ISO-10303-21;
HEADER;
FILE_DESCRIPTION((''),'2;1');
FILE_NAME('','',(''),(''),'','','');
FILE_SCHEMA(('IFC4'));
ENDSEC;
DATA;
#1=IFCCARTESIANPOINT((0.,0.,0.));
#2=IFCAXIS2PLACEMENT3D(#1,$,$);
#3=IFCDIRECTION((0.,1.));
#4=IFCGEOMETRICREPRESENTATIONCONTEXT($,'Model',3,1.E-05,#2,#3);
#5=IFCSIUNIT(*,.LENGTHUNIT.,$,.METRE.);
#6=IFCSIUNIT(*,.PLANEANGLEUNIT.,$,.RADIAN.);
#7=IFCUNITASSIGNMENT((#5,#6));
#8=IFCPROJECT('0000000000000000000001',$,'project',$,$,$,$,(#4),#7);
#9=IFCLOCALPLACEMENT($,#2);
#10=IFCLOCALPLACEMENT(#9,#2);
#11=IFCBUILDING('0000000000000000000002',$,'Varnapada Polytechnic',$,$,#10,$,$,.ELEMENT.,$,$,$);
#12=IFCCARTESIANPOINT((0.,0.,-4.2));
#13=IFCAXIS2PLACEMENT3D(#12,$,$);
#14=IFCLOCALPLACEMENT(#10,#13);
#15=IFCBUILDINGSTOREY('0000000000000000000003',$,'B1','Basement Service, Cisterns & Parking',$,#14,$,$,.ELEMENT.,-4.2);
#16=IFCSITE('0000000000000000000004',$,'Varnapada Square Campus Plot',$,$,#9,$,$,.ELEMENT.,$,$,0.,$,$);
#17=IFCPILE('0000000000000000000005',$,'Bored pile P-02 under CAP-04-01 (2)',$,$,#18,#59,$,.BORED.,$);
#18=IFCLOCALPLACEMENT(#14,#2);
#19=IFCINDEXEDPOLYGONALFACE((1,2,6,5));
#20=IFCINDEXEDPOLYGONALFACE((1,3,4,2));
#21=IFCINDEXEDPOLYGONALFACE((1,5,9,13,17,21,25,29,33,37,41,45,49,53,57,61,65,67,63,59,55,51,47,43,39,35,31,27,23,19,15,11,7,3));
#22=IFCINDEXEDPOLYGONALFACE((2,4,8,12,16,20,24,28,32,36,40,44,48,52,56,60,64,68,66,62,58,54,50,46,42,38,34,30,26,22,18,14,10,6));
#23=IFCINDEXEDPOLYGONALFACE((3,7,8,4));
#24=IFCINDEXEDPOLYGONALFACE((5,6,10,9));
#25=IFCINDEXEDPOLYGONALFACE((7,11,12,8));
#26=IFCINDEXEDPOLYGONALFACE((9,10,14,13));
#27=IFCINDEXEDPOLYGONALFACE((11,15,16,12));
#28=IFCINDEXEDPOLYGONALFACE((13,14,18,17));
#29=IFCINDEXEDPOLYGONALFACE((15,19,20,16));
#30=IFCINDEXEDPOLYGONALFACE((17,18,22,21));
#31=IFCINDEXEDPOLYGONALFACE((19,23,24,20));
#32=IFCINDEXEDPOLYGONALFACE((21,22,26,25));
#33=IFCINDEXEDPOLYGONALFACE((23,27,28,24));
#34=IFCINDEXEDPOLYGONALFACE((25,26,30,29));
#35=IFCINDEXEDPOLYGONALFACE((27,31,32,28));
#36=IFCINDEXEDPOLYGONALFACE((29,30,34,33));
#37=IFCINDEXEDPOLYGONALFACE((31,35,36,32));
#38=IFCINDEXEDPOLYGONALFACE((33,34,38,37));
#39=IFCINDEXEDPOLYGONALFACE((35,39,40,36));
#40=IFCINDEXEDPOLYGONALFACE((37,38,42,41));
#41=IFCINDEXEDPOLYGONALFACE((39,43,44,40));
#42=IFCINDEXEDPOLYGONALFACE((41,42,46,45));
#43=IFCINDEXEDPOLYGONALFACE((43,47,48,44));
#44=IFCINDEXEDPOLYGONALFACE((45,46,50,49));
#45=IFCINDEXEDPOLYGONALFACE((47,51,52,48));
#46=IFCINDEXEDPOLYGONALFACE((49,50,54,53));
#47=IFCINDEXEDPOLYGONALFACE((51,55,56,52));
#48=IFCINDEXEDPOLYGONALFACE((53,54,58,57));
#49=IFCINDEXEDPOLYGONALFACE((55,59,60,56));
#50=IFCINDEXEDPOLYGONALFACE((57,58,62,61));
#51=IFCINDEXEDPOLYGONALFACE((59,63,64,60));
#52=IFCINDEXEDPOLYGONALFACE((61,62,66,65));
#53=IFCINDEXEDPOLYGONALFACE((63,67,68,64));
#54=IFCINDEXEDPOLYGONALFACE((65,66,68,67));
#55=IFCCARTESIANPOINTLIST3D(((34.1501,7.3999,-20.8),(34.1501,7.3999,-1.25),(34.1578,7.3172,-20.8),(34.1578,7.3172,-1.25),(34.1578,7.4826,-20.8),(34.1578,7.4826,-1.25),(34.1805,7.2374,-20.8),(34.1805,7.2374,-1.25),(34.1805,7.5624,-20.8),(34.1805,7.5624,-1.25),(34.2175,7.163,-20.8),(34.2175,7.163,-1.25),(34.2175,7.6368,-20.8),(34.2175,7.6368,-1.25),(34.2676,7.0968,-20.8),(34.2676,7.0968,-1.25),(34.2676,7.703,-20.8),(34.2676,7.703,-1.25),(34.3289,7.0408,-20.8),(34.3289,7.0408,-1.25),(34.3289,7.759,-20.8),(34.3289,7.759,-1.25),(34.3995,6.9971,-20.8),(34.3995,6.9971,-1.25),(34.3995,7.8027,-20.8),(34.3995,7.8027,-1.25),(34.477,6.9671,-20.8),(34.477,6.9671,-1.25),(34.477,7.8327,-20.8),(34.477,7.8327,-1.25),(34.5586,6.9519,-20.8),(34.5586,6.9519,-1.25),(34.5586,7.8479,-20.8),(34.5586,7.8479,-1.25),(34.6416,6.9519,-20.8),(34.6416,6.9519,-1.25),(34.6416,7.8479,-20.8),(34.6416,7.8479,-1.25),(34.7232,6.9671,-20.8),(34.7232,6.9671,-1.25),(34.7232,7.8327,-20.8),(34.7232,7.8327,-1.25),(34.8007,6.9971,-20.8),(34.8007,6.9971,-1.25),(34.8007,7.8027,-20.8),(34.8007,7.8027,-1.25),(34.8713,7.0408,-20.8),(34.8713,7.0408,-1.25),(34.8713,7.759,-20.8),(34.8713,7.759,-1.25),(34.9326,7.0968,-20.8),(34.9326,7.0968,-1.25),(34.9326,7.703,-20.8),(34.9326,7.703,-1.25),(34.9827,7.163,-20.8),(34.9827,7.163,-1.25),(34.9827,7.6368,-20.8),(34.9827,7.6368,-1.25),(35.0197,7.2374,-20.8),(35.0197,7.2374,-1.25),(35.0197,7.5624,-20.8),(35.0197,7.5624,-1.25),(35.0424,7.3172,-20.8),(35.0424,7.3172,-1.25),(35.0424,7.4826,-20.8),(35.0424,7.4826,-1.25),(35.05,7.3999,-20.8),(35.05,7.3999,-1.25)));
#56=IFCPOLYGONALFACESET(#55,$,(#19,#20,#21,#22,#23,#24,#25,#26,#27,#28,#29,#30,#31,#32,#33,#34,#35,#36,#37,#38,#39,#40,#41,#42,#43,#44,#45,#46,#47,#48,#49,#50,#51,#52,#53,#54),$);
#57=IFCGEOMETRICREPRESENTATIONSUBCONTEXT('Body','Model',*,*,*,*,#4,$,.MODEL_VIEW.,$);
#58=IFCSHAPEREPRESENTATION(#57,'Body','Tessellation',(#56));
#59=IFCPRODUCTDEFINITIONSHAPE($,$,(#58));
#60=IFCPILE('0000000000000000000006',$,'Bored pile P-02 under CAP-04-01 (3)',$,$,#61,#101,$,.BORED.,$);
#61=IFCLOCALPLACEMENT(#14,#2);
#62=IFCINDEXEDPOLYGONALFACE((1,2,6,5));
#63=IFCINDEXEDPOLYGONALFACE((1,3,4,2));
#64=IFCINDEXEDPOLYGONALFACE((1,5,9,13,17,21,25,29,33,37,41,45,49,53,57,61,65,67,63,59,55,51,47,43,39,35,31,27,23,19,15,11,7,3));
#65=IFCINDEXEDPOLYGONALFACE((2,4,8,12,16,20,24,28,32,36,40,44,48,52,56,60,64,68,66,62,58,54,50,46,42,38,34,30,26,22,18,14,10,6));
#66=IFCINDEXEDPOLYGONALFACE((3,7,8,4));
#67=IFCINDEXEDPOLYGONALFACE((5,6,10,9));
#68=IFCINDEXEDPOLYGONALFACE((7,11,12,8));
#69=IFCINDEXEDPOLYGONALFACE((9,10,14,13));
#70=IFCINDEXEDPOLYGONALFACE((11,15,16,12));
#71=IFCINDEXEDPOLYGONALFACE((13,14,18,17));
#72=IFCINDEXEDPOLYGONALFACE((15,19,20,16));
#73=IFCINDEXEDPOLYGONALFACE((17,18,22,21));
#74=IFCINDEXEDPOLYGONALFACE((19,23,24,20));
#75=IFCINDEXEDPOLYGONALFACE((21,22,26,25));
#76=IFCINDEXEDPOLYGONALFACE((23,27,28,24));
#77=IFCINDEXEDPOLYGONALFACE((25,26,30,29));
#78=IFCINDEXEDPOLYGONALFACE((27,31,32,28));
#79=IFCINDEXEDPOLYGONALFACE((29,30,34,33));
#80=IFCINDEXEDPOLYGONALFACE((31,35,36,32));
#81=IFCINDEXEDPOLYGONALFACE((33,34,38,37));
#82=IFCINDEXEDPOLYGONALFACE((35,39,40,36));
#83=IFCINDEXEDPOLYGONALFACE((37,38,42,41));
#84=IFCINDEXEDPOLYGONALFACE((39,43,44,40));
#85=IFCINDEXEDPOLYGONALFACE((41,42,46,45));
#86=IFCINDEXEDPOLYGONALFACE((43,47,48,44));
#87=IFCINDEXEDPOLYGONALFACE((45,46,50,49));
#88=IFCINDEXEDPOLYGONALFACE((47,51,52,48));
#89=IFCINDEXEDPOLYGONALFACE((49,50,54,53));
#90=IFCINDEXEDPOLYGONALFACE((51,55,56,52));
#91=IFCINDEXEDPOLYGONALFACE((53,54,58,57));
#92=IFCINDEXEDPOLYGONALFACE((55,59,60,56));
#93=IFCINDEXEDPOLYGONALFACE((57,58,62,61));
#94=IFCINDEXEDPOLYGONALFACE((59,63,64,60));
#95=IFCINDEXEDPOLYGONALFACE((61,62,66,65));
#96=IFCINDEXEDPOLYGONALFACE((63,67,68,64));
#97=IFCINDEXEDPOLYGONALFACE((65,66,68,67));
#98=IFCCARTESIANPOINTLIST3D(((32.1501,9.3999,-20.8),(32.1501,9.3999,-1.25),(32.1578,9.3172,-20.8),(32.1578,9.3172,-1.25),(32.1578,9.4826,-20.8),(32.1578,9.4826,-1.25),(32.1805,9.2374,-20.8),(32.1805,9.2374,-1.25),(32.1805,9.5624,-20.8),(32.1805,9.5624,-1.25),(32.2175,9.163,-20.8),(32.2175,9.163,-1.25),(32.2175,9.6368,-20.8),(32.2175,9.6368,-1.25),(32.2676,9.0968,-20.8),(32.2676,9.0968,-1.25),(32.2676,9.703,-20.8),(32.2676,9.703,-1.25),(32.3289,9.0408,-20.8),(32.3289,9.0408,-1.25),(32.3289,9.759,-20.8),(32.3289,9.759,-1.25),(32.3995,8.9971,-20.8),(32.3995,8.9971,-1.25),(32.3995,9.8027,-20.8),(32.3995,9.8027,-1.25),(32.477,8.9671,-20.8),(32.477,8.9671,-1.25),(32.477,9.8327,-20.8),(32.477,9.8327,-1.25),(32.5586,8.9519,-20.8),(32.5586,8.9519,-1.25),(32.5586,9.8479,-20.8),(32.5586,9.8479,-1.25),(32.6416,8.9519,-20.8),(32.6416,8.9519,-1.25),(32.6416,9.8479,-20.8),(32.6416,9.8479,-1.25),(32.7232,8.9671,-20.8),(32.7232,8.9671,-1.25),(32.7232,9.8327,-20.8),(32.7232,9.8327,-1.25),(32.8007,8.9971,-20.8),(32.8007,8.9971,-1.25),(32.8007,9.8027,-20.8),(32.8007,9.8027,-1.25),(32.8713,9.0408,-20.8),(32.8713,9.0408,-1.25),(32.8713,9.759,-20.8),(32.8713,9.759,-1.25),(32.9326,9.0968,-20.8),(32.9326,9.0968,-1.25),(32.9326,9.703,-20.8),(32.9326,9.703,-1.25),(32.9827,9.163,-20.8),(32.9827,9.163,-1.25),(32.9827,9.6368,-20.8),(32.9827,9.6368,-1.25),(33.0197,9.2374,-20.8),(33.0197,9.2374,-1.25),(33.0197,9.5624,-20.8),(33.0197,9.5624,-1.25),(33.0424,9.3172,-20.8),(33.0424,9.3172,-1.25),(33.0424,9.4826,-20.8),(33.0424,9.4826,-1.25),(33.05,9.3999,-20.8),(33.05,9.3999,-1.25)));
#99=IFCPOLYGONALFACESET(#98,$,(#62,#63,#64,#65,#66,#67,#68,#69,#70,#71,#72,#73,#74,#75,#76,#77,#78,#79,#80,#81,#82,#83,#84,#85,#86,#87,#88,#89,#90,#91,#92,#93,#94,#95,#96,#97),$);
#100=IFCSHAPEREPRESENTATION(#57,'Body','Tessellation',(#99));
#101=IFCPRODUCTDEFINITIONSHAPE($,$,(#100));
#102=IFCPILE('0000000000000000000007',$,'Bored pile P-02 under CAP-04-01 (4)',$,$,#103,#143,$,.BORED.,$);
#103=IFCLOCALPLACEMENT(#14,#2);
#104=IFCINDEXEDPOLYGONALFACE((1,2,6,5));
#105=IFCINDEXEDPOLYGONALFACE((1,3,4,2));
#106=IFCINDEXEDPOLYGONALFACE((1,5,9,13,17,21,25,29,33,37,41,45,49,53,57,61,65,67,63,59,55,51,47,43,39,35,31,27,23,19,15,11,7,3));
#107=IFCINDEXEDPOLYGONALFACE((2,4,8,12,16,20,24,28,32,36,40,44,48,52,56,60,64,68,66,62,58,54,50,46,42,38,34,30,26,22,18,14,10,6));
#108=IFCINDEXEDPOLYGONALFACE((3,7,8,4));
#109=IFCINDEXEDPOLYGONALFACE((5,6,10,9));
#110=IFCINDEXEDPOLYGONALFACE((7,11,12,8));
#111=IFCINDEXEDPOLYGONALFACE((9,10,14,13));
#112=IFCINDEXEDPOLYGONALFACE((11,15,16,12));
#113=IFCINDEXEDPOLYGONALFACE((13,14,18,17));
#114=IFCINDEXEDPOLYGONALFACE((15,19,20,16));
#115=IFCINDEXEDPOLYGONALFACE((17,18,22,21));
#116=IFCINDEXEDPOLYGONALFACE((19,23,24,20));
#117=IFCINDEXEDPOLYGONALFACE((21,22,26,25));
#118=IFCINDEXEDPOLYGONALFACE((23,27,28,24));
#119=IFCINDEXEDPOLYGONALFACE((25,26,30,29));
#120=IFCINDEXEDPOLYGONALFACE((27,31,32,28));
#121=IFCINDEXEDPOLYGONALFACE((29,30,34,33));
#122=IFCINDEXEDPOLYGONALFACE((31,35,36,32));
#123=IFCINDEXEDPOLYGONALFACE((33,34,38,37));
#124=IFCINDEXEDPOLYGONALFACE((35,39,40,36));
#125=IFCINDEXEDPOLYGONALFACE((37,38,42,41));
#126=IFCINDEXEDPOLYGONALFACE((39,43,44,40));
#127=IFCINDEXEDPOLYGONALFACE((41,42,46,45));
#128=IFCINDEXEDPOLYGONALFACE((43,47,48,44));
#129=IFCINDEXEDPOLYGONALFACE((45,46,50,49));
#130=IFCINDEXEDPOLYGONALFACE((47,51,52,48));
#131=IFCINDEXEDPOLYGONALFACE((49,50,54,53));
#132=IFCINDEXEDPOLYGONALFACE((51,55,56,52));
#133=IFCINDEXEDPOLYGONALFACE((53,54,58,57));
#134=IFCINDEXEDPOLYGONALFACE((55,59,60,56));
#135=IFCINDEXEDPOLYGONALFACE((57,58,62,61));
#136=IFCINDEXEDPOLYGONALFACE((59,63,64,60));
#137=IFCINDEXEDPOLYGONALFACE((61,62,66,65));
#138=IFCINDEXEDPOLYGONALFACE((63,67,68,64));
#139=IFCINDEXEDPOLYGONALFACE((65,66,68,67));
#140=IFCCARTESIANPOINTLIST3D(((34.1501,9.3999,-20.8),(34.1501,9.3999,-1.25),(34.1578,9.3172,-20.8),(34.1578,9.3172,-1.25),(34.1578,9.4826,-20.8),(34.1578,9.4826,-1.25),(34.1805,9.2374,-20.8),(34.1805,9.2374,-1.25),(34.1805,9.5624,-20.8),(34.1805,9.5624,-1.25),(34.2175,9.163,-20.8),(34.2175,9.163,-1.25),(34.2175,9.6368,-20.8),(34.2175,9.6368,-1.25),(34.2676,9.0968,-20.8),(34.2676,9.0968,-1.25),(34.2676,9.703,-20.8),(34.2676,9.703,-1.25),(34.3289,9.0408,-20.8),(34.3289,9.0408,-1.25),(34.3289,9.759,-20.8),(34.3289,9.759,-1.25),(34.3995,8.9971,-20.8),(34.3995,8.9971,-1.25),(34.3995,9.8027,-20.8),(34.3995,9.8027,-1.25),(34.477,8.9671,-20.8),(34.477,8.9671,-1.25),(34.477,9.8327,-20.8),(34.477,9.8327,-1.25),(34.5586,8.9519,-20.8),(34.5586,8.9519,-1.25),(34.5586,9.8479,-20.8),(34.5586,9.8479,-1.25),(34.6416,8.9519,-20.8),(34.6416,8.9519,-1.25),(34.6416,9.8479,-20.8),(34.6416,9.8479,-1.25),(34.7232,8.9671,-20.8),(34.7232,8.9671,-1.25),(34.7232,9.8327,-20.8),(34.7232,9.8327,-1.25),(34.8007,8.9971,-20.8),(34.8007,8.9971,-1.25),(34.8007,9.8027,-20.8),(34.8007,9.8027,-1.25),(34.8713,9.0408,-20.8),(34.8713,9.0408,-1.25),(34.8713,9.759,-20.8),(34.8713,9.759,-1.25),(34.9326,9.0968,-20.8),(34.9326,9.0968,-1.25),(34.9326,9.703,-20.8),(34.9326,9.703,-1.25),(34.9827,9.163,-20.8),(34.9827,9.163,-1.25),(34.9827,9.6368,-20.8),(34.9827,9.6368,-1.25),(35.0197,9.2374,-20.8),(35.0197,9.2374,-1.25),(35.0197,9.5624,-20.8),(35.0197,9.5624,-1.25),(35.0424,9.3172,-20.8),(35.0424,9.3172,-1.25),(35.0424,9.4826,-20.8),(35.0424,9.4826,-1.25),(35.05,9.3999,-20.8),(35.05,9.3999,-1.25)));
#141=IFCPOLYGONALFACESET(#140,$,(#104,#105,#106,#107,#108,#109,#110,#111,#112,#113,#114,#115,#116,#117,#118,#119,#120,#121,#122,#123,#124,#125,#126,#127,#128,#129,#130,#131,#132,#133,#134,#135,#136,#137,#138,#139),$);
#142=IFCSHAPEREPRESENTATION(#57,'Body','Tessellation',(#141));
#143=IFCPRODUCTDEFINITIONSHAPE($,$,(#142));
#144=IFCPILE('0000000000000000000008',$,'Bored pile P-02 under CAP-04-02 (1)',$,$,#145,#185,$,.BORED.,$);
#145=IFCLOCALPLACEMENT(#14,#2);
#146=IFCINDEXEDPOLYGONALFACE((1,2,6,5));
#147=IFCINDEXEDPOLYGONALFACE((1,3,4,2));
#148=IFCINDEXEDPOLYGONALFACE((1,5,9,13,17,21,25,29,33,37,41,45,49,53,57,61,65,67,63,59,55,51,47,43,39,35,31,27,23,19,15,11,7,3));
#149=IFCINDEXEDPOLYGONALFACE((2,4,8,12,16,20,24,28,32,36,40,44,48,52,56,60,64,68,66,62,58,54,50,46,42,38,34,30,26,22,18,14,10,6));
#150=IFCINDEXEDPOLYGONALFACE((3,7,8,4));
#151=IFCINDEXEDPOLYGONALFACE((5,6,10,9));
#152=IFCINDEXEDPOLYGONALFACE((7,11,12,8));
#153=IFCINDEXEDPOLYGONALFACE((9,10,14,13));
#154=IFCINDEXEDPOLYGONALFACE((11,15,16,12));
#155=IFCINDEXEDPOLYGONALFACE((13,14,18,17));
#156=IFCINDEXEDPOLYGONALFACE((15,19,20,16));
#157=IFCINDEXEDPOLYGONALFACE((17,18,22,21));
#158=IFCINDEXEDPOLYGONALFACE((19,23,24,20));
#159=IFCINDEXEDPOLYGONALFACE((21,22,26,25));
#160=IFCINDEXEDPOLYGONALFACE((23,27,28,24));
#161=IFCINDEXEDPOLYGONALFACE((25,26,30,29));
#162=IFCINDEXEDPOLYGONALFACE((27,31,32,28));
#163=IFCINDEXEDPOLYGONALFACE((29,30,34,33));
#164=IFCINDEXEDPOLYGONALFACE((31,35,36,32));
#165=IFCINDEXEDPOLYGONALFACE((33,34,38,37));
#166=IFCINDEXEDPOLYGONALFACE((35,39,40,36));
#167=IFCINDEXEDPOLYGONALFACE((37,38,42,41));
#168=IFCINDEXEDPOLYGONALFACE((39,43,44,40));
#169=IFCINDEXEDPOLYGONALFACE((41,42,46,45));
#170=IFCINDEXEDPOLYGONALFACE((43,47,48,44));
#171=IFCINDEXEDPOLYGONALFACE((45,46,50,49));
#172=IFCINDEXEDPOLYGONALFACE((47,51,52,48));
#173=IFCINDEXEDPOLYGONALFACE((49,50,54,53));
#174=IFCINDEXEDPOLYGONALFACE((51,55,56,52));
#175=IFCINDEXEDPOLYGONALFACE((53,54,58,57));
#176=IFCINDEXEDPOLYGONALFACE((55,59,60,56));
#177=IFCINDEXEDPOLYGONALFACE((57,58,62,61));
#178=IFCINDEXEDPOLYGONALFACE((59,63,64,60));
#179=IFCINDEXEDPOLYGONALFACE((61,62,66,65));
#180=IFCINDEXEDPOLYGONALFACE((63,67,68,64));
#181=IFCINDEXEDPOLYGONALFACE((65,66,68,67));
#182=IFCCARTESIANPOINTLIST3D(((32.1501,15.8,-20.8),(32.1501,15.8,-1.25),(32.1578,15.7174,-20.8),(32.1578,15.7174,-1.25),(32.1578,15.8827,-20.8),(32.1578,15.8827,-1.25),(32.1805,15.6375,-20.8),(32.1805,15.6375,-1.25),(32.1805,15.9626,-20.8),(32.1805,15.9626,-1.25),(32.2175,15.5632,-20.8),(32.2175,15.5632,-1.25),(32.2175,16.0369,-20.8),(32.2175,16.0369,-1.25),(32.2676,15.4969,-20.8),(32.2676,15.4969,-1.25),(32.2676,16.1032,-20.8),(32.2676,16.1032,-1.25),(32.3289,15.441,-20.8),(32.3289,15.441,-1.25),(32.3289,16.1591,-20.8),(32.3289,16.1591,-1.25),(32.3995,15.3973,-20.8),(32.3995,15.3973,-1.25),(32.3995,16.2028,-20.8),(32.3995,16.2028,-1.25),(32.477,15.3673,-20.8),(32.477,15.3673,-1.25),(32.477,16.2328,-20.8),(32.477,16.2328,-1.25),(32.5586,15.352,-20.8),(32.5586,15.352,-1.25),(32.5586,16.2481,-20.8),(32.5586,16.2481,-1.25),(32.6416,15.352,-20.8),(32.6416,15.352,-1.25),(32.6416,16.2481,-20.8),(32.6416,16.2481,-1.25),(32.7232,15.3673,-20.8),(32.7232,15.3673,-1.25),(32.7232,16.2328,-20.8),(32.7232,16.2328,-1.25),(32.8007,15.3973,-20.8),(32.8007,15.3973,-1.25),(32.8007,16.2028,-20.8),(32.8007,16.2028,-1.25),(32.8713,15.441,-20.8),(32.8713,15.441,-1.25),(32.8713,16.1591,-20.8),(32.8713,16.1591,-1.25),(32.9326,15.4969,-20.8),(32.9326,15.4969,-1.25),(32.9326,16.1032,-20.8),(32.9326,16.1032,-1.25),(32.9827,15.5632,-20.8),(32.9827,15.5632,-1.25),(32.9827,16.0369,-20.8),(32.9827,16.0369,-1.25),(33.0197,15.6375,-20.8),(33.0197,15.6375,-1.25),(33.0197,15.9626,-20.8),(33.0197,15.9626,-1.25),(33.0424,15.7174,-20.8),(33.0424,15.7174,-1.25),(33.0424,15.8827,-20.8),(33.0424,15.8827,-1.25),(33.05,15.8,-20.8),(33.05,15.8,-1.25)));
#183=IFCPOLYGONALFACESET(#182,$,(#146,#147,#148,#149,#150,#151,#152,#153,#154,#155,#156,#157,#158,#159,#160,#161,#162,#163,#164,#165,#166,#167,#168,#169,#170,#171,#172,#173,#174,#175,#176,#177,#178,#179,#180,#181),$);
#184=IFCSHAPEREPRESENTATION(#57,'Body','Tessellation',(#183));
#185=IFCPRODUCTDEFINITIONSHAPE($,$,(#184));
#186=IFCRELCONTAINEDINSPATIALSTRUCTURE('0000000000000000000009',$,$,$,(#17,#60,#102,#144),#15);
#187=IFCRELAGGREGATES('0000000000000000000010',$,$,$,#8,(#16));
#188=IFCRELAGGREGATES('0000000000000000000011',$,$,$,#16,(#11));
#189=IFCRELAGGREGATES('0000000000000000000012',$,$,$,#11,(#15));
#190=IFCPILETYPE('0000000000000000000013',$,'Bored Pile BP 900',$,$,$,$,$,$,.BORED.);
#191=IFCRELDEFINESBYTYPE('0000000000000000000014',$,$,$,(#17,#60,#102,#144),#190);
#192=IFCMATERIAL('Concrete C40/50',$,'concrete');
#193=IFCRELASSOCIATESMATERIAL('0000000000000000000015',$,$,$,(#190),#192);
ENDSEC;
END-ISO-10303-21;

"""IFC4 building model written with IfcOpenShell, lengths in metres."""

from ifc_helpers import new_model, si_unit, direction, frame, origin, origin_2d, place, context, subcontext, project, spatial, circle, extrude, material, material_profile, profile_set, type_object, element, save


model = new_model("IFC4")

# Units and contexts
model_context = context("Model", 3, precision=1e-05, world=origin(), true_north=direction((0.0, 1.0)))
body_context = subcontext(model_context, "Body", "Model", "MODEL_VIEW")
ifc_project = project(units=[si_unit("LENGTHUNIT", "METRE"), si_unit("PLANEANGLEUNIT", "RADIAN")], contexts=[model_context])

# Site, building, storey
site_placement = place(None, origin())
site = spatial("IfcSite", under=ifc_project, at=site_placement, Name="Varnapada Square Campus Plot", CompositionType="ELEMENT", RefElevation=0.0)
building_placement = place(site_placement, origin())
building = spatial("IfcBuilding", under=site, at=building_placement, Name="Varnapada Polytechnic", CompositionType="ELEMENT")
storey_placement = place(building_placement, frame((0.0, 0.0, -4.2)))
storey = spatial("IfcBuildingStorey", under=building, at=storey_placement, Name="B1", Description="Basement Service, Cisterns & Parking", CompositionType="ELEMENT", Elevation=-4.2)

# Piles
ifc_material_1 = material(Name="Concrete C40/50", Category="concrete")
ifc_material_profile_1 = material_profile(ifc_material_1, circle(Radius=0.45, at=origin_2d()), Name="BP 900")
ifc_profile_set_1 = profile_set([ifc_material_profile_1], Name="Concrete C40/50")
pile_type_1 = type_object("IfcPileType", Name="Bored Pile BP 900", PredefinedType="BORED", material=ifc_profile_set_1)
for number, where, z_axis, x_axis, name in (
    (1, (34.6001, 7.3999, -1.25), (0.0, 0.0, -1.0), (1.0, 0.0, 0.0), "Bored pile P-02 under CAP-04-01 (2)"),
    (2, (32.6001, 9.3999, -1.25), (0.0, 0.0, -1.0), (1.0, 0.0, 0.0), "Bored pile P-02 under CAP-04-01 (3)"),
    (3, (34.6001, 9.3999, -1.25), (0.0, 0.0, -1.0), (1.0, 0.0, 0.0), "Bored pile P-02 under CAP-04-01 (4)"),
    (4, (32.6001, 15.8, -1.25), (0.0, 0.0, -1.0), (1.0, 0.0, 0.0), "Bored pile P-02 under CAP-04-02 (1)"),
):
    element("IfcPile", number, at=place(storey_placement, frame(where, z_axis=z_axis, x_axis=x_axis)), inside=storey, type_object=pile_type_1, Name=name, PredefinedType="BORED", context=body_context, shape_type="SweptSolid", body=[
        extrude(circle(Radius=0.45, at=origin_2d()), origin(), (0.0, 0.0, 1.0), 19.55),
    ])

save(model, "model.ifc")
